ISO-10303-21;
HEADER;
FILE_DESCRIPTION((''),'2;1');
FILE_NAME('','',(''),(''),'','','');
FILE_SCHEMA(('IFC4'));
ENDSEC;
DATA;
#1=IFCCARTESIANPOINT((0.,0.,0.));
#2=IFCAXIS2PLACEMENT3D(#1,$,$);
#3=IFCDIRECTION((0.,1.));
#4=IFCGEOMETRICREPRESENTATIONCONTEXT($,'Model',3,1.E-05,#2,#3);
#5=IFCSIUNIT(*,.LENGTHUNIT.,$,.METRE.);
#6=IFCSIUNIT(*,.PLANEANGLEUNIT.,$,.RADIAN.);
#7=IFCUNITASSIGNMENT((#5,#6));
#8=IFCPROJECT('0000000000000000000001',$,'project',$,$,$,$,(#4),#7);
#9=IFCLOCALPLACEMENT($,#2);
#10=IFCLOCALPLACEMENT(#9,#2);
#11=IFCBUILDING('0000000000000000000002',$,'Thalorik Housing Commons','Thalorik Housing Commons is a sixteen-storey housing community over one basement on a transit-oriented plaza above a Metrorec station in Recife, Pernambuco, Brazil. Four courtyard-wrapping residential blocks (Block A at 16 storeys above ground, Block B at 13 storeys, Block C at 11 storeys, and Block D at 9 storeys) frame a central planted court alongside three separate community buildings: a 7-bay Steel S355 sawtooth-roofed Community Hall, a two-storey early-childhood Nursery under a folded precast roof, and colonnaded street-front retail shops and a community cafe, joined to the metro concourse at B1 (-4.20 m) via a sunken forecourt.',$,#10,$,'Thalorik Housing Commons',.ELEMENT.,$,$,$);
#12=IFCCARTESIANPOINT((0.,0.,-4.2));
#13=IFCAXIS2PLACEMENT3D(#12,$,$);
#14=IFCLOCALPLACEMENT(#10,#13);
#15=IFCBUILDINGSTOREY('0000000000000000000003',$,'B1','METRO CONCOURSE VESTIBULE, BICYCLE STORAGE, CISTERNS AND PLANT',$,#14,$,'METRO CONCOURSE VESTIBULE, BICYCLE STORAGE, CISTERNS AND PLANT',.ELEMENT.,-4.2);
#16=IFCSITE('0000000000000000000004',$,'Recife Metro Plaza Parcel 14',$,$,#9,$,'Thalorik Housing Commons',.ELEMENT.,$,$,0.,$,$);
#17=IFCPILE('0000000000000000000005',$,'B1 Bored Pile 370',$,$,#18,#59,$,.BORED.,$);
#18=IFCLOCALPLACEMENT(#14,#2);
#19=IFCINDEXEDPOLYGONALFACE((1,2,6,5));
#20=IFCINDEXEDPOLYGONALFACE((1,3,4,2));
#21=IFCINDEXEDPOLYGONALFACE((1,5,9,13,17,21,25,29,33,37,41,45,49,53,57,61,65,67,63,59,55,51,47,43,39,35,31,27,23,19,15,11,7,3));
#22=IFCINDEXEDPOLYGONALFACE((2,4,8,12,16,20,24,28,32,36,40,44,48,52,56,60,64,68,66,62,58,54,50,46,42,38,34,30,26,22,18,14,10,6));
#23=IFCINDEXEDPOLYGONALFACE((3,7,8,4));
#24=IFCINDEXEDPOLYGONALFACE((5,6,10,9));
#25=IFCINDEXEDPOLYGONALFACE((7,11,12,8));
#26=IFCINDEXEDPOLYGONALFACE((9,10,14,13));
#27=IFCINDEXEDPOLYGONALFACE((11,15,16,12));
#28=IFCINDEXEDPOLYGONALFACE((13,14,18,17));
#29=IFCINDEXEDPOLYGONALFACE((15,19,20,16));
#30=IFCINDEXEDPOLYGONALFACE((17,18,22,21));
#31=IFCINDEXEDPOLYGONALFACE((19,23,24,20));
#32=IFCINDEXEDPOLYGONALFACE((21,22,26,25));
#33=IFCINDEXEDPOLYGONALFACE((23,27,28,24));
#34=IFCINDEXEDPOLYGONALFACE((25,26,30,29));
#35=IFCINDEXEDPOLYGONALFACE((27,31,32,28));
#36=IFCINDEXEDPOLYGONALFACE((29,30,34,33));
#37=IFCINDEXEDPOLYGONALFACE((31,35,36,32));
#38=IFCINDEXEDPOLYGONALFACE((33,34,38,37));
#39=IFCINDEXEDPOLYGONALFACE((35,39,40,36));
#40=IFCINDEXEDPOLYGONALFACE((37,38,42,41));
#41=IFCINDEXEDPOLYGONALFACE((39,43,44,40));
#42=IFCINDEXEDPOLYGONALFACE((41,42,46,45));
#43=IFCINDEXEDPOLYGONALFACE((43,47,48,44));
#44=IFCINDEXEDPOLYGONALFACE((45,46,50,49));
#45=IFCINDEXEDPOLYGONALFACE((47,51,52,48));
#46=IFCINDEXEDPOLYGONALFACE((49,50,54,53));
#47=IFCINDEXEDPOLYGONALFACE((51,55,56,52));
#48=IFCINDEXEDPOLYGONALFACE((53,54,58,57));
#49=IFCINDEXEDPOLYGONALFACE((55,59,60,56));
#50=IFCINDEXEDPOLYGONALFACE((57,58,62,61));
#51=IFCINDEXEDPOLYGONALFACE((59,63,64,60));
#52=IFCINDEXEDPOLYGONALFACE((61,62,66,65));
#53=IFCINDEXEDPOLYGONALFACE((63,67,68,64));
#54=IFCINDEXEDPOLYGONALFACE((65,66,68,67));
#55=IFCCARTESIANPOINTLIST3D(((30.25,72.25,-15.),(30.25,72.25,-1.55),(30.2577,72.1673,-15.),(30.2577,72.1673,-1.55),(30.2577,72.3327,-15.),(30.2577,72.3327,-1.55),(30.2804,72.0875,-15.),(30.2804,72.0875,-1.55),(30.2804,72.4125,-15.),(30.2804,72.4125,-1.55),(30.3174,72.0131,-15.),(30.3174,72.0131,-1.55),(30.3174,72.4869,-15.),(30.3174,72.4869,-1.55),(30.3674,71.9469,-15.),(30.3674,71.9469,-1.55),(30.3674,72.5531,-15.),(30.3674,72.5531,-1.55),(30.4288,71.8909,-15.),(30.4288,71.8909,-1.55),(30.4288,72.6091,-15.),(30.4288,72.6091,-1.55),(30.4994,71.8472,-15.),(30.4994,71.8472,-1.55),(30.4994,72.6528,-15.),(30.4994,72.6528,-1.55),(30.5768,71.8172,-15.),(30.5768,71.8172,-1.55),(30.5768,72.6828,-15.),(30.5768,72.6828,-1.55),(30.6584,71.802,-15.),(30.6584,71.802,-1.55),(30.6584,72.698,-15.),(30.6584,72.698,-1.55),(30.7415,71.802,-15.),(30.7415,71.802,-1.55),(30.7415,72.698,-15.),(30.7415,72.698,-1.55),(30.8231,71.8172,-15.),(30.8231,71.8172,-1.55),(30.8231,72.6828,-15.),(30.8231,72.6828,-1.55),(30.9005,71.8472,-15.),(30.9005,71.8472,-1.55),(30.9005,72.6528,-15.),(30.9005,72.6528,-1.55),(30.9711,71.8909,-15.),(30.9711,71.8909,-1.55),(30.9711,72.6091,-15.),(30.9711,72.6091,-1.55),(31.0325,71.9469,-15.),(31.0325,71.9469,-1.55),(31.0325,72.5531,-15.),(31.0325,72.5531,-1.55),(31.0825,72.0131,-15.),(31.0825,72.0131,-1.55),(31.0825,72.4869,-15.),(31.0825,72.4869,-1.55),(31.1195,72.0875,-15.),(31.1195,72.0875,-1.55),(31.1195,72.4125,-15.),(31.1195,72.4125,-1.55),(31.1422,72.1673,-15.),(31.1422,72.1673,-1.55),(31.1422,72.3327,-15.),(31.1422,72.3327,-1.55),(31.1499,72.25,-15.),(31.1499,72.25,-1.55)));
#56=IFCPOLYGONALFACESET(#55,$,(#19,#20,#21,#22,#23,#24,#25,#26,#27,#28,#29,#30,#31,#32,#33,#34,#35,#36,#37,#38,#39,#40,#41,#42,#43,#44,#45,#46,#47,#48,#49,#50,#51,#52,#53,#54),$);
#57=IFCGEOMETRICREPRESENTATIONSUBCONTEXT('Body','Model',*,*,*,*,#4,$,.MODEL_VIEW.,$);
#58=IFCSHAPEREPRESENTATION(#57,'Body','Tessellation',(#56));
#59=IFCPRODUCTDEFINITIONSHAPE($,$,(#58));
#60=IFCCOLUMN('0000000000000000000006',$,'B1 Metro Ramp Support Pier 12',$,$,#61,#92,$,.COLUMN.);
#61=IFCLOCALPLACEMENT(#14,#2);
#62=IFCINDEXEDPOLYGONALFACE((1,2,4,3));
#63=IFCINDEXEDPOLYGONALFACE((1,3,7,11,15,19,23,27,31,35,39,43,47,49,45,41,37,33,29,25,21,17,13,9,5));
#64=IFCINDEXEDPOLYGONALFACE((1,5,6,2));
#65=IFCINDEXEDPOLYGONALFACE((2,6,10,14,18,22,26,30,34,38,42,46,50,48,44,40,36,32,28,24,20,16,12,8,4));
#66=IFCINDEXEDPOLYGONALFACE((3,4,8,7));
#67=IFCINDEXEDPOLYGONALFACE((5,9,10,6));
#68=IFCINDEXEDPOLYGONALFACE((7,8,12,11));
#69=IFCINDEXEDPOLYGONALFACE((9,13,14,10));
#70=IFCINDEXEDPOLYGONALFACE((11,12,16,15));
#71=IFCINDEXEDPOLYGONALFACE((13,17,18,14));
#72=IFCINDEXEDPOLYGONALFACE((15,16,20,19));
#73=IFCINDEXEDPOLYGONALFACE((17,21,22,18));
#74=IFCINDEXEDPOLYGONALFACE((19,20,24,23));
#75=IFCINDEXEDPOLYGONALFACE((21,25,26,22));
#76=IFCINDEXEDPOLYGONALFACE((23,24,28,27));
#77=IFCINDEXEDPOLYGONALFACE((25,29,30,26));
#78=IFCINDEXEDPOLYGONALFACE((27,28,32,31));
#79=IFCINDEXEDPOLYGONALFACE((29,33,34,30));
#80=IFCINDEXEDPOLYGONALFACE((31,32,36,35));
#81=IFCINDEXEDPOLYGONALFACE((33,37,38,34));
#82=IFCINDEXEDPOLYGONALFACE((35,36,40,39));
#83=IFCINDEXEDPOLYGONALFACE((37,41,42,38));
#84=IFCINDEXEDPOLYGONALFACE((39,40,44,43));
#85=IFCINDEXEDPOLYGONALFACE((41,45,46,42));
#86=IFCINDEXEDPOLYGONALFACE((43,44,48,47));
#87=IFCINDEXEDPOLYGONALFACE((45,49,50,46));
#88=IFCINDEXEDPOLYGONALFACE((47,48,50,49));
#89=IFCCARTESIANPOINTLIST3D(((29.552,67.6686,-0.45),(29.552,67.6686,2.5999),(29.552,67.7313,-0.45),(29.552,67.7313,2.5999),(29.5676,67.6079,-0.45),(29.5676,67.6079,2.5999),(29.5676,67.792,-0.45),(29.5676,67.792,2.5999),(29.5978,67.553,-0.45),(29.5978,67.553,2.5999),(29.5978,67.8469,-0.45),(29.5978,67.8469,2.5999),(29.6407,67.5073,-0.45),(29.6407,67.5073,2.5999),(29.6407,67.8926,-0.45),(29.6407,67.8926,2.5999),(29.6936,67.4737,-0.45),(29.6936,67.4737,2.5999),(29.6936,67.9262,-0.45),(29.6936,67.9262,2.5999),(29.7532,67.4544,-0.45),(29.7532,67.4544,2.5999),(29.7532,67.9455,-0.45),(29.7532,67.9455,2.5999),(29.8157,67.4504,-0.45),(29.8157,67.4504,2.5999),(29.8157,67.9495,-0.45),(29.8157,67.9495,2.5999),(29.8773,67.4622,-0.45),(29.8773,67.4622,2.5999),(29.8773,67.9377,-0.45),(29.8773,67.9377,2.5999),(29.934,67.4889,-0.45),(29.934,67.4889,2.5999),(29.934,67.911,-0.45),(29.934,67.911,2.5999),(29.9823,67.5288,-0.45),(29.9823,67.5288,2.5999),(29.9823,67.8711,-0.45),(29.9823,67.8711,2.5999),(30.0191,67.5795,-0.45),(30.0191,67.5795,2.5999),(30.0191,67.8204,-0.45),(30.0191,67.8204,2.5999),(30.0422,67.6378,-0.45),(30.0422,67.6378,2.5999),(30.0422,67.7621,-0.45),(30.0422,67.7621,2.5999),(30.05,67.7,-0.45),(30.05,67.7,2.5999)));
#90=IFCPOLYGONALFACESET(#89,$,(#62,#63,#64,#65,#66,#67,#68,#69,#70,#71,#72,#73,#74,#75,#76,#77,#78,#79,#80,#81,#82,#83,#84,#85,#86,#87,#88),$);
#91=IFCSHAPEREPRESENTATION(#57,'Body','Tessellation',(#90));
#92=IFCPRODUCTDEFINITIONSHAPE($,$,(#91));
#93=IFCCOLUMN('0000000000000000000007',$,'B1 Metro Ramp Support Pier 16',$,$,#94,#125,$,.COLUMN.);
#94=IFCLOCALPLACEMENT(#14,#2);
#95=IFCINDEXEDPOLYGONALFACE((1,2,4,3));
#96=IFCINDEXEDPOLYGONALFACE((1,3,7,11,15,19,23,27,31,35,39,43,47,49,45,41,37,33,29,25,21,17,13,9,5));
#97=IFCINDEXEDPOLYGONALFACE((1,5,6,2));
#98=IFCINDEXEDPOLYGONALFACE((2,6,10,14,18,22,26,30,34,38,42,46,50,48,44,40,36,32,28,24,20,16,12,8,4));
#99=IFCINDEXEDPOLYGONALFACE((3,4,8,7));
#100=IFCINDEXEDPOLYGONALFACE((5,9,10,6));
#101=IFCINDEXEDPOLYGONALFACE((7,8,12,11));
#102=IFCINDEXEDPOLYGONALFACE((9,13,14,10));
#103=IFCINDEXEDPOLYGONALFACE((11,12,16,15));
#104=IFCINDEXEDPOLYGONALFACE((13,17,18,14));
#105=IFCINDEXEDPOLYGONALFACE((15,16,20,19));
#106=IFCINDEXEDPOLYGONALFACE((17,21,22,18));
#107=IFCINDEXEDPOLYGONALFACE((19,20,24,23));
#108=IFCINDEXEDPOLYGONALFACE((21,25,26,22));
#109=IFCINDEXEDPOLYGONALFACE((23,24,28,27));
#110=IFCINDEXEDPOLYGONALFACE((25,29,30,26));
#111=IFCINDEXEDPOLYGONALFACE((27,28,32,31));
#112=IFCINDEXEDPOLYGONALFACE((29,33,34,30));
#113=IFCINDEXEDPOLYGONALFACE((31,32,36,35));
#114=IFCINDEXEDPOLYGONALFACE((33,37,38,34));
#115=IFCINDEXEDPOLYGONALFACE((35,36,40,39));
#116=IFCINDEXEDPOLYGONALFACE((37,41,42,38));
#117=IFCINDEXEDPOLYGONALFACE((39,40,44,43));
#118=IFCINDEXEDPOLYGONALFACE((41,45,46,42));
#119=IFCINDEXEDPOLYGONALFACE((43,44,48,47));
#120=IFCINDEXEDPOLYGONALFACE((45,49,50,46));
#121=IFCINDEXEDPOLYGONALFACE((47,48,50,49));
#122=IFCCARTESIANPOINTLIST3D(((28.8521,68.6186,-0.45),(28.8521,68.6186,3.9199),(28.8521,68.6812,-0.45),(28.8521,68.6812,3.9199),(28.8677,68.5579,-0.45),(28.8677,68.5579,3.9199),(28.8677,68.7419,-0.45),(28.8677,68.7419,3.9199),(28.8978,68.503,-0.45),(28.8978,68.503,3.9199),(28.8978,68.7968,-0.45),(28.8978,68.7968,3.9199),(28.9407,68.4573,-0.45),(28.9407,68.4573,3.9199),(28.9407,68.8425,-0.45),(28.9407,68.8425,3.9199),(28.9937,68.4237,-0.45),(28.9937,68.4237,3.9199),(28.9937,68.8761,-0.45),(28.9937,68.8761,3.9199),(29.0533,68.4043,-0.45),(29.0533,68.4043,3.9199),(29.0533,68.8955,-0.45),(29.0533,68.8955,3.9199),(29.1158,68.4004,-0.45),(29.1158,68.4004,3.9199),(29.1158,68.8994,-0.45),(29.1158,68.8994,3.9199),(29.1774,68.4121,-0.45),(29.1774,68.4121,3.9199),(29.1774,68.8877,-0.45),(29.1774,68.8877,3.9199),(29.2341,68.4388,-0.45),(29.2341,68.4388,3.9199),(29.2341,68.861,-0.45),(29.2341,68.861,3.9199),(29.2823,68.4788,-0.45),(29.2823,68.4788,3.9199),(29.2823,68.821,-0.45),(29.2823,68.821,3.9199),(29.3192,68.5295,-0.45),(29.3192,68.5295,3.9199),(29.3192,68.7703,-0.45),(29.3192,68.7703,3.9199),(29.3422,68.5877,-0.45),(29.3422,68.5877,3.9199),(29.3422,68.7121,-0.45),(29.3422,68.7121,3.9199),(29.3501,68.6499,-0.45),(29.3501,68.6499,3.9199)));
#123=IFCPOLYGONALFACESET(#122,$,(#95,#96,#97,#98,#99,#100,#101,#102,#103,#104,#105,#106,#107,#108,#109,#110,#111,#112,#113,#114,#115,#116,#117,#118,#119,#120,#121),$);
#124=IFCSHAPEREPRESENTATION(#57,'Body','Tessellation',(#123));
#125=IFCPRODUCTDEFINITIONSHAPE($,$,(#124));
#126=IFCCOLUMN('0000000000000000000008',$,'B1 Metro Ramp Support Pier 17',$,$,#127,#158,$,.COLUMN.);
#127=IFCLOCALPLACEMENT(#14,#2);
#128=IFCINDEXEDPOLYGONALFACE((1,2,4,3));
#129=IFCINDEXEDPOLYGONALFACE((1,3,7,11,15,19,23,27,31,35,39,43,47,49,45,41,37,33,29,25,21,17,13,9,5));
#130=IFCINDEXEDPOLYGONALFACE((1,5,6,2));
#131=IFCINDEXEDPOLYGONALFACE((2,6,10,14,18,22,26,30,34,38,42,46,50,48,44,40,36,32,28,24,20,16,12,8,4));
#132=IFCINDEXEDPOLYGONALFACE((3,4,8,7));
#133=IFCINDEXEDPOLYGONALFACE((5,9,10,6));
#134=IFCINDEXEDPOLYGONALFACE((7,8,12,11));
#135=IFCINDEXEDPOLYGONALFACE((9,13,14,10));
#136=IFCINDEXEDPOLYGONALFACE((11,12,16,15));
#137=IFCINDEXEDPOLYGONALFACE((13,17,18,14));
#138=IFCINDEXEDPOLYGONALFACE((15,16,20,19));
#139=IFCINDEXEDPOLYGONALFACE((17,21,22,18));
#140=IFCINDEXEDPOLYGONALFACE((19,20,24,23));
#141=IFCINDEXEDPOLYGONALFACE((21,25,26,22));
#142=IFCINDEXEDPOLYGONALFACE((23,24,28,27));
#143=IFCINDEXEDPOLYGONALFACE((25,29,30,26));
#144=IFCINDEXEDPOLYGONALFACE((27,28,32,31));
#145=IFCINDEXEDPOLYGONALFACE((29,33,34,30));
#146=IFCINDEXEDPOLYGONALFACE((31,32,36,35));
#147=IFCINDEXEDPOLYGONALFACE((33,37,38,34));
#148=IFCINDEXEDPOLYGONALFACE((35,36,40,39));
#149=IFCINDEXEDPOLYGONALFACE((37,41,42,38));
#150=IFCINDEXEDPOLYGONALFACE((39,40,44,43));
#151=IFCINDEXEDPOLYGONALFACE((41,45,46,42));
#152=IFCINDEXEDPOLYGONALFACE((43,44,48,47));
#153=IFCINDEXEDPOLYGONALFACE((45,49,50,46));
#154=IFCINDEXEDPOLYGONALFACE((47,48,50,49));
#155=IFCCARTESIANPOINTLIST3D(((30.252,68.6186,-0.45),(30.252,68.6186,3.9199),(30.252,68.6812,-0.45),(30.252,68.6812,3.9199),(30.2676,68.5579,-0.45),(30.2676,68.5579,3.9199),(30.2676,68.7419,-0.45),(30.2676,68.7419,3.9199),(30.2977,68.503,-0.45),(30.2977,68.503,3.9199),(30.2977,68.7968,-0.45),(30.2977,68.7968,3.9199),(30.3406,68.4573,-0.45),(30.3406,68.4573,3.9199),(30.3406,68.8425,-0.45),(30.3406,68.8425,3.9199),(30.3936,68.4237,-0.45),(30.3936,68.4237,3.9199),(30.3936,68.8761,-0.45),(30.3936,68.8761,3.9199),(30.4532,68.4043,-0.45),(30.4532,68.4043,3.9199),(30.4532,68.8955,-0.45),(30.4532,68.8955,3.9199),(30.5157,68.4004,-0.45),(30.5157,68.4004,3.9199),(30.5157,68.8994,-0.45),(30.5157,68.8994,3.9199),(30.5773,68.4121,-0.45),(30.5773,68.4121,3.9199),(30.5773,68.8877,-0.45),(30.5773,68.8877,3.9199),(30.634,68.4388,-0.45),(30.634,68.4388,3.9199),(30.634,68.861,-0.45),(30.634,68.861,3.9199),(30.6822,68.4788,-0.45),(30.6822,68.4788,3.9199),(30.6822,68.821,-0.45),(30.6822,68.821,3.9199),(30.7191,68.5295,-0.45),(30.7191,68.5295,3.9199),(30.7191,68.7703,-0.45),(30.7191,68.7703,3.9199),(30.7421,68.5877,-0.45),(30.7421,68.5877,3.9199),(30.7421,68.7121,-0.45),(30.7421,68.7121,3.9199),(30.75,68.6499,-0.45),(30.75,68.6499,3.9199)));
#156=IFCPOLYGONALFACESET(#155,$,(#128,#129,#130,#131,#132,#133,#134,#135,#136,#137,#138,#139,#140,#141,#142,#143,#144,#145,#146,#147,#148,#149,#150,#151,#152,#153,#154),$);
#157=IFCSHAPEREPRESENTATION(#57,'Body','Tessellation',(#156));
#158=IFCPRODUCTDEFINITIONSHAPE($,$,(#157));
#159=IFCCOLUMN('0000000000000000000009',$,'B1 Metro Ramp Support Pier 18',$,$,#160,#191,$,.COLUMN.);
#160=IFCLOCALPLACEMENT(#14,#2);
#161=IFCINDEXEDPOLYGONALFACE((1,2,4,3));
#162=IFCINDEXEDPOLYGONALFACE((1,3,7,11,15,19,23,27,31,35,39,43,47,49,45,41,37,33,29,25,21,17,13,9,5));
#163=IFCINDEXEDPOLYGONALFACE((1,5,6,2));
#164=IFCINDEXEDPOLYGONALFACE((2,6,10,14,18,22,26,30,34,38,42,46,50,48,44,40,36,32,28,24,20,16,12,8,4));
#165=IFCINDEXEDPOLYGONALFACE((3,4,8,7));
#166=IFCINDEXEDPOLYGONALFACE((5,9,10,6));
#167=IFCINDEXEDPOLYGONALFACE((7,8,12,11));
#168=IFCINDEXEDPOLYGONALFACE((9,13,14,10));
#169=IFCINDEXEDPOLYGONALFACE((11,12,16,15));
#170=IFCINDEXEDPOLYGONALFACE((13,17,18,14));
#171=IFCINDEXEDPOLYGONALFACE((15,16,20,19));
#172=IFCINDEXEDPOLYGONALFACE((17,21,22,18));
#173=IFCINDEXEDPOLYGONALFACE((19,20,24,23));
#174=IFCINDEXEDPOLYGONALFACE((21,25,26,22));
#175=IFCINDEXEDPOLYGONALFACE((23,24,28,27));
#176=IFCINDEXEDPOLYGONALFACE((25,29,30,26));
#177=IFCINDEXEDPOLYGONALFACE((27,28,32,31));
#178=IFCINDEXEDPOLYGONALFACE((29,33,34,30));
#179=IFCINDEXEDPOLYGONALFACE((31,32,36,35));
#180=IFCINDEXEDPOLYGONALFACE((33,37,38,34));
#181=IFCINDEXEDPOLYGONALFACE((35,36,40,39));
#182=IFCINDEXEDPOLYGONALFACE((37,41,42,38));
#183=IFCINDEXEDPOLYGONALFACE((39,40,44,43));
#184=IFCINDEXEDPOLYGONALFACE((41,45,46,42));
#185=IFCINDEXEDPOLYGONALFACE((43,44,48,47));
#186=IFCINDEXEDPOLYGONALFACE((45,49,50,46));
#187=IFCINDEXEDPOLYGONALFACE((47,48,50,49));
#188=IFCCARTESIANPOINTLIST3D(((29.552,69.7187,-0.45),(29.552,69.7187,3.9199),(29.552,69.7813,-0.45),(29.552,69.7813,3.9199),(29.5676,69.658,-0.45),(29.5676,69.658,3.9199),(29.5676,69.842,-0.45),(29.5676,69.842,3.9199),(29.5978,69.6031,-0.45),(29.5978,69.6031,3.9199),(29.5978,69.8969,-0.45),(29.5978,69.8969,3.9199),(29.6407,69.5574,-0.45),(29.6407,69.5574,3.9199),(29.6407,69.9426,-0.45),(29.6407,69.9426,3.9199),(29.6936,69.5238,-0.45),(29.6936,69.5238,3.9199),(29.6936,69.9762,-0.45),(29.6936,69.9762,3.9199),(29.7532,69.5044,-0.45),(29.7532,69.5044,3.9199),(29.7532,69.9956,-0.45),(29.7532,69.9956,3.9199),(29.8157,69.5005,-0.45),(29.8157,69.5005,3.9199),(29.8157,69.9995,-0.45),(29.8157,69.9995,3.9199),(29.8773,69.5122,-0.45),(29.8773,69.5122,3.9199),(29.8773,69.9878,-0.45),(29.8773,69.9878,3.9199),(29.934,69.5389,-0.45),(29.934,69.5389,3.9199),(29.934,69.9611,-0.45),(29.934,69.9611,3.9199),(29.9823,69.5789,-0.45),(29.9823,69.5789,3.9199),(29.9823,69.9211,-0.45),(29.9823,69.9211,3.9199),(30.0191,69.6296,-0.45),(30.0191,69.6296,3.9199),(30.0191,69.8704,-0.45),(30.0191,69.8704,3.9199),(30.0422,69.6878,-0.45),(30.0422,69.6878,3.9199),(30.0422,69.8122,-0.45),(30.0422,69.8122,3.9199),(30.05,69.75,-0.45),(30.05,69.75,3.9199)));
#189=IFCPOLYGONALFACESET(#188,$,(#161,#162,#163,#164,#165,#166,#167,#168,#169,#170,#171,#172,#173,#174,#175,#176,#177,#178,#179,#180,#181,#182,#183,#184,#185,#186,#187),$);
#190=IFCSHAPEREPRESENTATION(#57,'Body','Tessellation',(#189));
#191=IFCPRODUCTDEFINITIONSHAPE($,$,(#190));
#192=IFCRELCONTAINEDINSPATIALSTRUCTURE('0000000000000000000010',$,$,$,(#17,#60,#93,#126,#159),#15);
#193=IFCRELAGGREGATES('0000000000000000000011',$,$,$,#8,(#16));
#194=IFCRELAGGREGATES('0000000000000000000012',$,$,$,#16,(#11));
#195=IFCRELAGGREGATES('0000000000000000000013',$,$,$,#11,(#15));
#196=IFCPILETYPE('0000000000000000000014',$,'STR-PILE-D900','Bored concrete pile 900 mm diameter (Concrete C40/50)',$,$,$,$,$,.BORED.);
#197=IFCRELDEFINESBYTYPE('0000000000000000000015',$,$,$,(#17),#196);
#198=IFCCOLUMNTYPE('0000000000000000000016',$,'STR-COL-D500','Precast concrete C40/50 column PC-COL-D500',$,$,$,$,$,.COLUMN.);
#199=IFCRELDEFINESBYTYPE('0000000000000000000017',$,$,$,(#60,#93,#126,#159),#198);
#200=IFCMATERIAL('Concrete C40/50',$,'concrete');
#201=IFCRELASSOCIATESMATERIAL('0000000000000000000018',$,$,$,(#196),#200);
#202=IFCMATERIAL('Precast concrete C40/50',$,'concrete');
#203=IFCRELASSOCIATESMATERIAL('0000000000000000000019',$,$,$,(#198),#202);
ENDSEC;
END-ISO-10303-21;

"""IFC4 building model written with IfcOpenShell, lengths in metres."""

from ifc_helpers import new_model, si_unit, direction, frame, origin, origin_2d, place, context, subcontext, project, spatial, circle, extrude, material, material_profile, profile_set, type_object, element, save


model = new_model("IFC4")

# Units and contexts
model_context = context("Model", 3, precision=1e-05, world=origin(), true_north=direction((0.0, 1.0)))
body_context = subcontext(model_context, "Body", "Model", "MODEL_VIEW")
ifc_project = project(units=[si_unit("LENGTHUNIT", "METRE"), si_unit("PLANEANGLEUNIT", "RADIAN")], contexts=[model_context])

# Site, building, storey
site_placement = place(None, origin())
site = spatial("IfcSite", under=ifc_project, at=site_placement, Name="Recife Metro Plaza Parcel 14", LongName="Thalorik Housing Commons", CompositionType="ELEMENT", RefElevation=0.0)
building_placement = place(site_placement, origin())
building = spatial("IfcBuilding", under=site, at=building_placement, Name="Thalorik Housing Commons", Description="Thalorik Housing Commons is a sixteen-storey housing community over one basement on a transit-oriented plaza above a Metrorec station in Recife, Pernambuco, Brazil. Four courtyard-wrapping residential blocks (Block A at 16 storeys above ground, Block B at 13 storeys, Block C at 11 storeys, and Block D at 9 storeys) frame a central planted court alongside three separate community buildings: a 7-bay Steel S355 sawtooth-roofed Community Hall, a two-storey early-childhood Nursery under a folded precast roof, and colonnaded street-front retail shops and a community cafe, joined to the metro concourse at B1 (-4.20 m) via a sunken forecourt.", LongName="Thalorik Housing Commons", CompositionType="ELEMENT")
storey_placement = place(building_placement, frame((0.0, 0.0, -4.2)))
storey = spatial("IfcBuildingStorey", under=building, at=storey_placement, Name="B1", Description="METRO CONCOURSE VESTIBULE, BICYCLE STORAGE, CISTERNS AND PLANT", LongName="METRO CONCOURSE VESTIBULE, BICYCLE STORAGE, CISTERNS AND PLANT", CompositionType="ELEMENT", Elevation=-4.2)

# Shared definitions
ifc_material_1 = material(Name="Concrete C40/50", Category="concrete")

# Pile
ifc_material_profile_1 = material_profile(ifc_material_1, circle(Radius=0.45, at=origin_2d()), Name="BORED PILE D900", Category="concrete")
ifc_profile_set_1 = profile_set([ifc_material_profile_1], Name="Concrete C40/50")
pile_type_1 = type_object("IfcPileType", Name="STR-PILE-D900", Description="Bored concrete pile 900 mm diameter (Concrete C40/50)", PredefinedType="BORED", material=ifc_profile_set_1)
for number, where, z_axis, x_axis, name in (
    (1, (30.7, 72.25, -1.55), (0.0, 0.0, -1.0), (1.0, 0.0, 0.0), "B1 Bored Pile 370"),
):
    element("IfcPile", number, at=place(storey_placement, frame(where, z_axis=z_axis, x_axis=x_axis)), inside=storey, type_object=pile_type_1, Name=name, PredefinedType="BORED", context=body_context, shape_type="SweptSolid", body=[
        extrude(circle(Radius=0.45, at=origin_2d()), origin(), (0.0, 0.0, 1.0), 13.45),
    ])

# Columns
ifc_material_2 = material(Name="Precast concrete C40/50", Category="concrete")
ifc_material_profile_2 = material_profile(ifc_material_2, circle(Radius=0.25, at=origin_2d()), Name="PC D500", Category="concrete")
ifc_profile_set_2 = profile_set([ifc_material_profile_2], Name="Precast concrete C40/50")
column_type_1 = type_object("IfcColumnType", Name="STR-COL-D500", Description="Precast concrete C40/50 column PC-COL-D500", PredefinedType="COLUMN", material=ifc_profile_set_2)
column_1_placement = place(storey_placement, frame((29.8, 67.7, -0.45), z_axis=(0.0, 0.0, 1.0), x_axis=(1.0, 0.0, 0.0)))
element("IfcColumn", 2, at=column_1_placement, inside=storey, type_object=column_type_1, Name="B1 Metro Ramp Support Pier 12", PredefinedType="COLUMN", context=body_context, shape_type="SweptSolid", body=[
    extrude(circle(Radius=0.25, at=origin_2d()), origin(), (0.0, 0.0, 1.0), 3.0498),
])
for number, where, z_axis, x_axis, name in (
    (3, (29.1001, 68.6499, -0.45), (0.0, 0.0, 1.0), (1.0, 0.0, 0.0), "B1 Metro Ramp Support Pier 16"),
    (4, (30.5, 68.6499, -0.45), (0.0, 0.0, 1.0), (1.0, 0.0, 0.0), "B1 Metro Ramp Support Pier 17"),
    (5, (29.8, 69.75, -0.45), (0.0, 0.0, 1.0), (1.0, 0.0, 0.0), "B1 Metro Ramp Support Pier 18"),
):
    element("IfcColumn", number, at=place(storey_placement, frame(where, z_axis=z_axis, x_axis=x_axis)), inside=storey, type_object=column_type_1, Name=name, PredefinedType="COLUMN", context=body_context, shape_type="SweptSolid", body=[
        extrude(circle(Radius=0.25, at=origin_2d()), origin(), (0.0, 0.0, 1.0), 4.3699),
    ])

save(model, "model.ifc")
